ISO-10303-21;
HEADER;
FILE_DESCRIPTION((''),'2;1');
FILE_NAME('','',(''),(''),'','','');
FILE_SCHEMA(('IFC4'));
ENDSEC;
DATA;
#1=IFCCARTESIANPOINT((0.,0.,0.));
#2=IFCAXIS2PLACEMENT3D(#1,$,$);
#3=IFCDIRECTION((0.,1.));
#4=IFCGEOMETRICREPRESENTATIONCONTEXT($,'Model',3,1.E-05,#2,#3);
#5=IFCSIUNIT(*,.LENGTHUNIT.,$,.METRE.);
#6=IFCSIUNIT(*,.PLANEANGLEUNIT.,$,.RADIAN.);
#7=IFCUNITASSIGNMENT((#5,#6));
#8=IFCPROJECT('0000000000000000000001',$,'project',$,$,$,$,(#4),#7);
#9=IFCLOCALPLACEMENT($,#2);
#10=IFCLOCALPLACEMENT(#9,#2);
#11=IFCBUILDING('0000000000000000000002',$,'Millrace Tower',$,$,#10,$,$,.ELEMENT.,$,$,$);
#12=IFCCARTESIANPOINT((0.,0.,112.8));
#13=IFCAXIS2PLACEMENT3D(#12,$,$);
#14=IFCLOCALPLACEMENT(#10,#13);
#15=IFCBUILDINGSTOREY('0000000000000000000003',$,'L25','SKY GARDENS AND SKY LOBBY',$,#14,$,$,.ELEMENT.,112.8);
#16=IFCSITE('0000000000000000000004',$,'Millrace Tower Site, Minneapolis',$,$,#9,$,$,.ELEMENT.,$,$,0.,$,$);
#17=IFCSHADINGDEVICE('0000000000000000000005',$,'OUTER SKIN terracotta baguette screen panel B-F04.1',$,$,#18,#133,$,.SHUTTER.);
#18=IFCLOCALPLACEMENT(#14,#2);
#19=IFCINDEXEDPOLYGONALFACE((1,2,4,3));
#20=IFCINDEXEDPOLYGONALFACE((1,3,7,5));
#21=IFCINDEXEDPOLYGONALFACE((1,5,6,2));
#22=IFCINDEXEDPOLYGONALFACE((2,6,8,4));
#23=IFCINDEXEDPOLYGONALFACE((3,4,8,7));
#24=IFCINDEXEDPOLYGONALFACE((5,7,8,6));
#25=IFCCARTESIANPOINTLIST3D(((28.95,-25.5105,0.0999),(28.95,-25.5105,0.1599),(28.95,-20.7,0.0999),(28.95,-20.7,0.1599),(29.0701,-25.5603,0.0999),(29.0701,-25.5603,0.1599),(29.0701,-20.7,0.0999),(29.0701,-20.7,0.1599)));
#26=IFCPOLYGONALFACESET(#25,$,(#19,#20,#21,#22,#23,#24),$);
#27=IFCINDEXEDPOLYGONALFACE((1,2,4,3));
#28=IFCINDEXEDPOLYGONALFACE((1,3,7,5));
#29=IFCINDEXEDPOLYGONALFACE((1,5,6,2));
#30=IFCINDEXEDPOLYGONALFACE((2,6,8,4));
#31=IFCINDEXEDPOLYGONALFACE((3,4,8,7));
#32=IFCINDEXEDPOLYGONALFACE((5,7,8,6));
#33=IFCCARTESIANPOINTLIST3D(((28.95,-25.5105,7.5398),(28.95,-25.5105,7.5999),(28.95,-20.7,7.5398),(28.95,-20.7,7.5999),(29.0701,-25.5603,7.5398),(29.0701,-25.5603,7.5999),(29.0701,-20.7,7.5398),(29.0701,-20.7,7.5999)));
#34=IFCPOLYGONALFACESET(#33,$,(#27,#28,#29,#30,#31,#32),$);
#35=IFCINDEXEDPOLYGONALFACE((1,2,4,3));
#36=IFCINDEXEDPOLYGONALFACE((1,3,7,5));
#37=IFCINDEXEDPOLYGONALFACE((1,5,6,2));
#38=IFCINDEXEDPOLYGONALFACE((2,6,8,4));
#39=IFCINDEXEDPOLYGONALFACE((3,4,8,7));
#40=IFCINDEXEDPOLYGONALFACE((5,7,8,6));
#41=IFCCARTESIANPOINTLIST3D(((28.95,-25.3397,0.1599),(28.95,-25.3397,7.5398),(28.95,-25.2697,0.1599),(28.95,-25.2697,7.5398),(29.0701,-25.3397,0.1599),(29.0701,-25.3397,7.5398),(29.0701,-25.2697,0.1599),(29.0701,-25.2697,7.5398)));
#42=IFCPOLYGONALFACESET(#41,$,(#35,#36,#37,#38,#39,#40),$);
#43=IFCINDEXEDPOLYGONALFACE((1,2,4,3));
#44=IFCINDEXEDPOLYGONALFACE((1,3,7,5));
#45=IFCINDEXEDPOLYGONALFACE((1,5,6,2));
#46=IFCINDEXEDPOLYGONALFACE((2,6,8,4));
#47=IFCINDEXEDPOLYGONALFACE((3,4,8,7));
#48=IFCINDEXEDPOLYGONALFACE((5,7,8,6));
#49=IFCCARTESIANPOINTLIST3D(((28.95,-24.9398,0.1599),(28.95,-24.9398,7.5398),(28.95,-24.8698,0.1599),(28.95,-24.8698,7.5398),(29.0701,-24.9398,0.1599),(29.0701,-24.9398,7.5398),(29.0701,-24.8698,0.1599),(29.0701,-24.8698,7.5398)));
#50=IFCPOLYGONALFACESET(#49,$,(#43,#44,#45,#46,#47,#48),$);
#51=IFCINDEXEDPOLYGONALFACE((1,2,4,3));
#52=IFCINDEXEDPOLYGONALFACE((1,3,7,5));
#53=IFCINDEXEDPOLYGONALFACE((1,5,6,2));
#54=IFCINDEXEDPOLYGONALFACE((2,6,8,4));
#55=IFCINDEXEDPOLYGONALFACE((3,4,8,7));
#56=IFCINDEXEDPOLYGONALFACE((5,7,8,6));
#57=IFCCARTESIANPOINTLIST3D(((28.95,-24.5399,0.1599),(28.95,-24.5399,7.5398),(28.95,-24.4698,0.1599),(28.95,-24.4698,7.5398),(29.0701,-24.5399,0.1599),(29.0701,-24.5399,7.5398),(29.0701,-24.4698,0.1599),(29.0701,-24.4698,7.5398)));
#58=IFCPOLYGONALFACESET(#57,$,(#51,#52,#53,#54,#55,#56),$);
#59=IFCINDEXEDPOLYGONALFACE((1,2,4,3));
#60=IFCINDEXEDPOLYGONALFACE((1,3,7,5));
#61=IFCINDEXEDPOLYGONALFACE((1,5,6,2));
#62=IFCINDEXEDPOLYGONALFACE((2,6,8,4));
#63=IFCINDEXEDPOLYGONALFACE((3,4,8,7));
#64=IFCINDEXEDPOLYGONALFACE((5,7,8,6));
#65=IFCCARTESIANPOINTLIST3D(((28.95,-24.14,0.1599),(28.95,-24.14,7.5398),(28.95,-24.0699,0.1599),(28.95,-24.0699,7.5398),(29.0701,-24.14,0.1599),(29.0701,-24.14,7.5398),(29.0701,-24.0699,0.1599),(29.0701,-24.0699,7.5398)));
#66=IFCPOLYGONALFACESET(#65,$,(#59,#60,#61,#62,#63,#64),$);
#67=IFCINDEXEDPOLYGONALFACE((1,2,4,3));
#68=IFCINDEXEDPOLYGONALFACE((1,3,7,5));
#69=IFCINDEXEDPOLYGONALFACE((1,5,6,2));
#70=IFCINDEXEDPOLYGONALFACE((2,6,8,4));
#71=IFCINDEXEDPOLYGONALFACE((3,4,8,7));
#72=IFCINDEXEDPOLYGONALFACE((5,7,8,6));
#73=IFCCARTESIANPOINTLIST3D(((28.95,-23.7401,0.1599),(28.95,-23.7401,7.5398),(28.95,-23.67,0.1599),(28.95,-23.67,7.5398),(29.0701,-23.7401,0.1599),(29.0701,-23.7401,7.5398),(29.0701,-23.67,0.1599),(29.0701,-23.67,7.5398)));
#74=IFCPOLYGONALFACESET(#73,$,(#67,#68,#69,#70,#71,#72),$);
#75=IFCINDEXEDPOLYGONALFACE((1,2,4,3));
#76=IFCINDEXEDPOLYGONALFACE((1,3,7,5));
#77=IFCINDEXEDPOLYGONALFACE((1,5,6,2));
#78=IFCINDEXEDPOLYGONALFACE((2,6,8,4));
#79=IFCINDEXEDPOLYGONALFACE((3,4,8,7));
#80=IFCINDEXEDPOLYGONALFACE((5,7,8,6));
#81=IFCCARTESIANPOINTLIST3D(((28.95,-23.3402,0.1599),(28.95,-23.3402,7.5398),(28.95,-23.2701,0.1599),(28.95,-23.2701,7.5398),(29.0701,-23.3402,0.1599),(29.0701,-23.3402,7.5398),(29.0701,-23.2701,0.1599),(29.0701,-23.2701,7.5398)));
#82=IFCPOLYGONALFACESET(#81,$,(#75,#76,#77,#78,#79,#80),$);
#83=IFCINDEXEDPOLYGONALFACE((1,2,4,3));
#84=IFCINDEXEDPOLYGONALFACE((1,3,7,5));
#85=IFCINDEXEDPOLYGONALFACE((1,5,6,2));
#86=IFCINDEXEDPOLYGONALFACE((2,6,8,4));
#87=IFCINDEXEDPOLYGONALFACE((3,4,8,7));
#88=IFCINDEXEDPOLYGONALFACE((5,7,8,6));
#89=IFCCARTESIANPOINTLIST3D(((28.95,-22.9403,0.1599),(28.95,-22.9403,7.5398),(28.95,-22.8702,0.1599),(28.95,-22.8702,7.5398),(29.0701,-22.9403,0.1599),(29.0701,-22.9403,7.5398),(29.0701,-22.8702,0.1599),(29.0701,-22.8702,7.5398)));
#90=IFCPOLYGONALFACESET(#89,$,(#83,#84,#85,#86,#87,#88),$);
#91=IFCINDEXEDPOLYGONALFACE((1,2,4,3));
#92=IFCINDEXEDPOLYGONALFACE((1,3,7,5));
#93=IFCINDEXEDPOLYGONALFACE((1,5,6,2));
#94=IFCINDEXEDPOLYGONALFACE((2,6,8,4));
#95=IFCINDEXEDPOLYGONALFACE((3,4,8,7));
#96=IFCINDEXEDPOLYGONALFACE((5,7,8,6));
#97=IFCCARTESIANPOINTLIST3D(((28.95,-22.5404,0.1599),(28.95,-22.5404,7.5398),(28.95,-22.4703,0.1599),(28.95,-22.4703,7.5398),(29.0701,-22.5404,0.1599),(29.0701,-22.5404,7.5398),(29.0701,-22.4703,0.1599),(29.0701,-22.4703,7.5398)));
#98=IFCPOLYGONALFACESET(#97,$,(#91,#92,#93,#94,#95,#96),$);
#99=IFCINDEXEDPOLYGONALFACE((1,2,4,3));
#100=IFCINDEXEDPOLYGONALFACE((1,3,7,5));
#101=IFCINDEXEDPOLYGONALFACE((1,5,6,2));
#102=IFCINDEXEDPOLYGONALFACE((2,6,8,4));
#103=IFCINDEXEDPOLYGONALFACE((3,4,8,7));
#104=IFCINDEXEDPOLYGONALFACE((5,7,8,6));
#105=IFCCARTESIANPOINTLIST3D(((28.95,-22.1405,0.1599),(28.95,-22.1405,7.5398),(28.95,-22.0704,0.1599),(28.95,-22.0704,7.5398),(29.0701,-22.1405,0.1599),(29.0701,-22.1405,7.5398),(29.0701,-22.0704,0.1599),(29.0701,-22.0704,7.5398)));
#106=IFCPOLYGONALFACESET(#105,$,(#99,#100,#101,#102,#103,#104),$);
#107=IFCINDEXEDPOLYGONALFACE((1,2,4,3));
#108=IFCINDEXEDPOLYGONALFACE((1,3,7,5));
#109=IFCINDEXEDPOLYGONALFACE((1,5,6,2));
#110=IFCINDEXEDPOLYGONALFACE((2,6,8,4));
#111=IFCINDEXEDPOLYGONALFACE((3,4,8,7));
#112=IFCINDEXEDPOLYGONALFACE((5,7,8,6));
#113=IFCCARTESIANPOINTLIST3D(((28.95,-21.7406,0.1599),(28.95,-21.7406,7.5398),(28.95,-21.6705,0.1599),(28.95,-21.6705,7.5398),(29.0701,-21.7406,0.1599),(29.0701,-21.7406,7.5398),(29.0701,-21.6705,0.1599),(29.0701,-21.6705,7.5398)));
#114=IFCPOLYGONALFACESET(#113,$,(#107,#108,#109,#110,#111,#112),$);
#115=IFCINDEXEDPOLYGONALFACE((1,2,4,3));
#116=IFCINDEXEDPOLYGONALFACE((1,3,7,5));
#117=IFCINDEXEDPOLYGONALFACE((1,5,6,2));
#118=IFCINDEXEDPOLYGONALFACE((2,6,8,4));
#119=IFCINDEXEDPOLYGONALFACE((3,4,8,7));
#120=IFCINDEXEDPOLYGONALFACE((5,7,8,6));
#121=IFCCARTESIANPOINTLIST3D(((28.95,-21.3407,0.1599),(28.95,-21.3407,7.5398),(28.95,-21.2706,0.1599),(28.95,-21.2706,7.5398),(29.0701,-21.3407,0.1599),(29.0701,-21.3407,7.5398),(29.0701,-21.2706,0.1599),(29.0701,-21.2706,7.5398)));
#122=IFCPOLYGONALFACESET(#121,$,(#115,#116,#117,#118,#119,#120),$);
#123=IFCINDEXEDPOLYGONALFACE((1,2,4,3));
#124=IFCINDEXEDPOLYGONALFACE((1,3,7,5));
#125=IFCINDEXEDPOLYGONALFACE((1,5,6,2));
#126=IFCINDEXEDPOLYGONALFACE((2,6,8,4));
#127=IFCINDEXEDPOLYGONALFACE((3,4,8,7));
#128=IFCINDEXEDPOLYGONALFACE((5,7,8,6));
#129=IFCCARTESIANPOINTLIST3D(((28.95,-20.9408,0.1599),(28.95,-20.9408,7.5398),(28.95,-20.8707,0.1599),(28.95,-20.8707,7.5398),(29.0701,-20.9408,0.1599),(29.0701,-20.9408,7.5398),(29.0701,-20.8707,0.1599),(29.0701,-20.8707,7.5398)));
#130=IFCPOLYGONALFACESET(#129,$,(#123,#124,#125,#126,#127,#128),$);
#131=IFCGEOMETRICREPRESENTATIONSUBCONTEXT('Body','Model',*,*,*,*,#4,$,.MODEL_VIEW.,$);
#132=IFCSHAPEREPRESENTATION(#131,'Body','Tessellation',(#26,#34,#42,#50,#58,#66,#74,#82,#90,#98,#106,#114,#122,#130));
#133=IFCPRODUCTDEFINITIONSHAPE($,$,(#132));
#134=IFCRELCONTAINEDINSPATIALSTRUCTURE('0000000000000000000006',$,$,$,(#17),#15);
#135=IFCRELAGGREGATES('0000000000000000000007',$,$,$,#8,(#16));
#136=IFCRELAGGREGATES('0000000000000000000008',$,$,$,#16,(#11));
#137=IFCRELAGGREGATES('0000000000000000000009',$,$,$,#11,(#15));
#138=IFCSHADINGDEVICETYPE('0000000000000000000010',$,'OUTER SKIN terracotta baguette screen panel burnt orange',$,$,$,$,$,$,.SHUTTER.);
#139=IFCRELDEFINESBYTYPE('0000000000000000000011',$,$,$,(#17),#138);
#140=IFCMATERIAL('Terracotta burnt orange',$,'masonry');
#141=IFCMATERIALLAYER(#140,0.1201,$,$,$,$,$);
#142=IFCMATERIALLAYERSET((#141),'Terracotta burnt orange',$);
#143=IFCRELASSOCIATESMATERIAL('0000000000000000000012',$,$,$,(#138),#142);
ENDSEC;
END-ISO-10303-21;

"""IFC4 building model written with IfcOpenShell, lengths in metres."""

from ifc_helpers import new_model, entity, si_unit, direction, frame, frame_2d, origin, place, context, subcontext, project, spatial, rectangle, extrude, source, transform, mapped, material, layer, layer_set, type_object, element, save


model = new_model("IFC4")

# Units and contexts
model_context = context("Model", 3, precision=1e-05, world=origin(), true_north=direction((0.0, 1.0)))
body_context = subcontext(model_context, "Body", "Model", "MODEL_VIEW")
ifc_project = project(units=[si_unit("LENGTHUNIT", "METRE"), si_unit("PLANEANGLEUNIT", "RADIAN")], contexts=[model_context])

# Site, building, storey
site_placement = place(None, origin())
site = spatial("IfcSite", under=ifc_project, at=site_placement, Name="Millrace Tower Site, Minneapolis", CompositionType="ELEMENT", RefElevation=0.0)
building_placement = place(site_placement, origin())
building = spatial("IfcBuilding", under=site, at=building_placement, Name="Millrace Tower", CompositionType="ELEMENT")
storey_placement = place(building_placement, frame((0.0, 0.0, 112.8)))
storey = spatial("IfcBuildingStorey", under=building, at=storey_placement, Name="L25", Description="SKY GARDENS AND SKY LOBBY", CompositionType="ELEMENT", Elevation=112.8)

# Shading device
ifc_material_1 = material(Name="Terracotta burnt orange", Category="masonry")
ifc_layer_1 = layer(ifc_material_1, 0.1201)
ifc_layer_set_1 = layer_set([ifc_layer_1], Name="Terracotta burnt orange")
shading_device_type = type_object("IfcShadingDeviceType", Name="OUTER SKIN terracotta baguette screen panel burnt orange", PredefinedType="SHUTTER", material=ifc_layer_set_1)
cartesian_point_1 = entity("IfcCartesianPoint", [-2.3928, 0.0601])
shared_polyline_1 = entity("IfcPolyline", [cartesian_point_1, entity("IfcCartesianPoint", [2.4177, 0.0601]), entity("IfcCartesianPoint", [2.4177, -0.0601]), entity("IfcCartesianPoint", [-2.4426, -0.0601]), cartesian_point_1])
shared_shape_1 = source(origin(), body_context, "Body", "SweptSolid", [
    entity("IfcExtrudedAreaSolid", entity("IfcArbitraryClosedProfileDef", "AREA", None, shared_polyline_1), entity("IfcAxis2Placement3D", entity("IfcCartesianPoint", [0.0, 0.0, 0.0])), entity("IfcDirection", [0.0, 0.0, 1.0]), 0.0601),
    entity("IfcExtrudedAreaSolid", entity("IfcArbitraryClosedProfileDef", "AREA", None, shared_polyline_1), entity("IfcAxis2Placement3D", entity("IfcCartesianPoint", [0.0, 0.0, 7.4399])), entity("IfcDirection", [0.0, 0.0, 1.0]), 0.0601),
    extrude(rectangle(XDim=0.0701, YDim=0.1201, at=frame_2d((-2.187, 0.0))), frame((0.0, 0.0, 0.0601)), (0.0, 0.0, 1.0), 7.3799),
    extrude(rectangle(XDim=0.0701, YDim=0.1201, at=frame_2d((-1.7871, 0.0))), frame((0.0, 0.0, 0.0601)), (0.0, 0.0, 1.0), 7.3799),
    extrude(rectangle(XDim=0.0701, YDim=0.1201, at=frame_2d((-1.3872, 0.0))), frame((0.0, 0.0, 0.0601)), (0.0, 0.0, 1.0), 7.3799),
    extrude(rectangle(XDim=0.0701, YDim=0.1201, at=frame_2d((-0.9873, 0.0))), frame((0.0, 0.0, 0.0601)), (0.0, 0.0, 1.0), 7.3799),
    extrude(rectangle(XDim=0.0701, YDim=0.1201, at=frame_2d((-0.5874, 0.0))), frame((0.0, 0.0, 0.0601)), (0.0, 0.0, 1.0), 7.3799),
    extrude(rectangle(XDim=0.0701, YDim=0.1201, at=frame_2d((-0.1875, 0.0))), frame((0.0, 0.0, 0.0601)), (0.0, 0.0, 1.0), 7.3799),
    extrude(rectangle(XDim=0.0701, YDim=0.1201, at=frame_2d((0.2124, 0.0))), frame((0.0, 0.0, 0.0601)), (0.0, 0.0, 1.0), 7.3799),
    extrude(rectangle(XDim=0.0701, YDim=0.1201, at=frame_2d((0.6123, 0.0))), frame((0.0, 0.0, 0.0601)), (0.0, 0.0, 1.0), 7.3799),
    extrude(rectangle(XDim=0.0701, YDim=0.1201, at=frame_2d((1.0122, 0.0))), frame((0.0, 0.0, 0.0601)), (0.0, 0.0, 1.0), 7.3799),
    extrude(rectangle(XDim=0.0701, YDim=0.1201, at=frame_2d((1.4121, 0.0))), frame((0.0, 0.0, 0.0601)), (0.0, 0.0, 1.0), 7.3799),
    extrude(rectangle(XDim=0.0701, YDim=0.1201, at=frame_2d((1.812, 0.0))), frame((0.0, 0.0, 0.0601)), (0.0, 0.0, 1.0), 7.3799),
    extrude(rectangle(XDim=0.0701, YDim=0.1201, at=frame_2d((2.2119, 0.0))), frame((0.0, 0.0, 0.0601)), (0.0, 0.0, 1.0), 7.3799),
])
shading_device_1_placement = place(storey_placement, frame((29.01, -23.1177, 0.0999), z_axis=(0.0, 0.0, 1.0), x_axis=(0.0, 1.0, 0.0)))
element("IfcShadingDevice", 1, at=shading_device_1_placement, inside=storey, type_object=shading_device_type, Name="OUTER SKIN terracotta baguette screen panel B-F04.1", PredefinedType="SHUTTER", context=body_context, shape_type="MappedRepresentation", body=[
    mapped(shared_shape_1, transform((0.0, 0.0, 0.0), scale=1.0)),
])

save(model, "model.ifc")
